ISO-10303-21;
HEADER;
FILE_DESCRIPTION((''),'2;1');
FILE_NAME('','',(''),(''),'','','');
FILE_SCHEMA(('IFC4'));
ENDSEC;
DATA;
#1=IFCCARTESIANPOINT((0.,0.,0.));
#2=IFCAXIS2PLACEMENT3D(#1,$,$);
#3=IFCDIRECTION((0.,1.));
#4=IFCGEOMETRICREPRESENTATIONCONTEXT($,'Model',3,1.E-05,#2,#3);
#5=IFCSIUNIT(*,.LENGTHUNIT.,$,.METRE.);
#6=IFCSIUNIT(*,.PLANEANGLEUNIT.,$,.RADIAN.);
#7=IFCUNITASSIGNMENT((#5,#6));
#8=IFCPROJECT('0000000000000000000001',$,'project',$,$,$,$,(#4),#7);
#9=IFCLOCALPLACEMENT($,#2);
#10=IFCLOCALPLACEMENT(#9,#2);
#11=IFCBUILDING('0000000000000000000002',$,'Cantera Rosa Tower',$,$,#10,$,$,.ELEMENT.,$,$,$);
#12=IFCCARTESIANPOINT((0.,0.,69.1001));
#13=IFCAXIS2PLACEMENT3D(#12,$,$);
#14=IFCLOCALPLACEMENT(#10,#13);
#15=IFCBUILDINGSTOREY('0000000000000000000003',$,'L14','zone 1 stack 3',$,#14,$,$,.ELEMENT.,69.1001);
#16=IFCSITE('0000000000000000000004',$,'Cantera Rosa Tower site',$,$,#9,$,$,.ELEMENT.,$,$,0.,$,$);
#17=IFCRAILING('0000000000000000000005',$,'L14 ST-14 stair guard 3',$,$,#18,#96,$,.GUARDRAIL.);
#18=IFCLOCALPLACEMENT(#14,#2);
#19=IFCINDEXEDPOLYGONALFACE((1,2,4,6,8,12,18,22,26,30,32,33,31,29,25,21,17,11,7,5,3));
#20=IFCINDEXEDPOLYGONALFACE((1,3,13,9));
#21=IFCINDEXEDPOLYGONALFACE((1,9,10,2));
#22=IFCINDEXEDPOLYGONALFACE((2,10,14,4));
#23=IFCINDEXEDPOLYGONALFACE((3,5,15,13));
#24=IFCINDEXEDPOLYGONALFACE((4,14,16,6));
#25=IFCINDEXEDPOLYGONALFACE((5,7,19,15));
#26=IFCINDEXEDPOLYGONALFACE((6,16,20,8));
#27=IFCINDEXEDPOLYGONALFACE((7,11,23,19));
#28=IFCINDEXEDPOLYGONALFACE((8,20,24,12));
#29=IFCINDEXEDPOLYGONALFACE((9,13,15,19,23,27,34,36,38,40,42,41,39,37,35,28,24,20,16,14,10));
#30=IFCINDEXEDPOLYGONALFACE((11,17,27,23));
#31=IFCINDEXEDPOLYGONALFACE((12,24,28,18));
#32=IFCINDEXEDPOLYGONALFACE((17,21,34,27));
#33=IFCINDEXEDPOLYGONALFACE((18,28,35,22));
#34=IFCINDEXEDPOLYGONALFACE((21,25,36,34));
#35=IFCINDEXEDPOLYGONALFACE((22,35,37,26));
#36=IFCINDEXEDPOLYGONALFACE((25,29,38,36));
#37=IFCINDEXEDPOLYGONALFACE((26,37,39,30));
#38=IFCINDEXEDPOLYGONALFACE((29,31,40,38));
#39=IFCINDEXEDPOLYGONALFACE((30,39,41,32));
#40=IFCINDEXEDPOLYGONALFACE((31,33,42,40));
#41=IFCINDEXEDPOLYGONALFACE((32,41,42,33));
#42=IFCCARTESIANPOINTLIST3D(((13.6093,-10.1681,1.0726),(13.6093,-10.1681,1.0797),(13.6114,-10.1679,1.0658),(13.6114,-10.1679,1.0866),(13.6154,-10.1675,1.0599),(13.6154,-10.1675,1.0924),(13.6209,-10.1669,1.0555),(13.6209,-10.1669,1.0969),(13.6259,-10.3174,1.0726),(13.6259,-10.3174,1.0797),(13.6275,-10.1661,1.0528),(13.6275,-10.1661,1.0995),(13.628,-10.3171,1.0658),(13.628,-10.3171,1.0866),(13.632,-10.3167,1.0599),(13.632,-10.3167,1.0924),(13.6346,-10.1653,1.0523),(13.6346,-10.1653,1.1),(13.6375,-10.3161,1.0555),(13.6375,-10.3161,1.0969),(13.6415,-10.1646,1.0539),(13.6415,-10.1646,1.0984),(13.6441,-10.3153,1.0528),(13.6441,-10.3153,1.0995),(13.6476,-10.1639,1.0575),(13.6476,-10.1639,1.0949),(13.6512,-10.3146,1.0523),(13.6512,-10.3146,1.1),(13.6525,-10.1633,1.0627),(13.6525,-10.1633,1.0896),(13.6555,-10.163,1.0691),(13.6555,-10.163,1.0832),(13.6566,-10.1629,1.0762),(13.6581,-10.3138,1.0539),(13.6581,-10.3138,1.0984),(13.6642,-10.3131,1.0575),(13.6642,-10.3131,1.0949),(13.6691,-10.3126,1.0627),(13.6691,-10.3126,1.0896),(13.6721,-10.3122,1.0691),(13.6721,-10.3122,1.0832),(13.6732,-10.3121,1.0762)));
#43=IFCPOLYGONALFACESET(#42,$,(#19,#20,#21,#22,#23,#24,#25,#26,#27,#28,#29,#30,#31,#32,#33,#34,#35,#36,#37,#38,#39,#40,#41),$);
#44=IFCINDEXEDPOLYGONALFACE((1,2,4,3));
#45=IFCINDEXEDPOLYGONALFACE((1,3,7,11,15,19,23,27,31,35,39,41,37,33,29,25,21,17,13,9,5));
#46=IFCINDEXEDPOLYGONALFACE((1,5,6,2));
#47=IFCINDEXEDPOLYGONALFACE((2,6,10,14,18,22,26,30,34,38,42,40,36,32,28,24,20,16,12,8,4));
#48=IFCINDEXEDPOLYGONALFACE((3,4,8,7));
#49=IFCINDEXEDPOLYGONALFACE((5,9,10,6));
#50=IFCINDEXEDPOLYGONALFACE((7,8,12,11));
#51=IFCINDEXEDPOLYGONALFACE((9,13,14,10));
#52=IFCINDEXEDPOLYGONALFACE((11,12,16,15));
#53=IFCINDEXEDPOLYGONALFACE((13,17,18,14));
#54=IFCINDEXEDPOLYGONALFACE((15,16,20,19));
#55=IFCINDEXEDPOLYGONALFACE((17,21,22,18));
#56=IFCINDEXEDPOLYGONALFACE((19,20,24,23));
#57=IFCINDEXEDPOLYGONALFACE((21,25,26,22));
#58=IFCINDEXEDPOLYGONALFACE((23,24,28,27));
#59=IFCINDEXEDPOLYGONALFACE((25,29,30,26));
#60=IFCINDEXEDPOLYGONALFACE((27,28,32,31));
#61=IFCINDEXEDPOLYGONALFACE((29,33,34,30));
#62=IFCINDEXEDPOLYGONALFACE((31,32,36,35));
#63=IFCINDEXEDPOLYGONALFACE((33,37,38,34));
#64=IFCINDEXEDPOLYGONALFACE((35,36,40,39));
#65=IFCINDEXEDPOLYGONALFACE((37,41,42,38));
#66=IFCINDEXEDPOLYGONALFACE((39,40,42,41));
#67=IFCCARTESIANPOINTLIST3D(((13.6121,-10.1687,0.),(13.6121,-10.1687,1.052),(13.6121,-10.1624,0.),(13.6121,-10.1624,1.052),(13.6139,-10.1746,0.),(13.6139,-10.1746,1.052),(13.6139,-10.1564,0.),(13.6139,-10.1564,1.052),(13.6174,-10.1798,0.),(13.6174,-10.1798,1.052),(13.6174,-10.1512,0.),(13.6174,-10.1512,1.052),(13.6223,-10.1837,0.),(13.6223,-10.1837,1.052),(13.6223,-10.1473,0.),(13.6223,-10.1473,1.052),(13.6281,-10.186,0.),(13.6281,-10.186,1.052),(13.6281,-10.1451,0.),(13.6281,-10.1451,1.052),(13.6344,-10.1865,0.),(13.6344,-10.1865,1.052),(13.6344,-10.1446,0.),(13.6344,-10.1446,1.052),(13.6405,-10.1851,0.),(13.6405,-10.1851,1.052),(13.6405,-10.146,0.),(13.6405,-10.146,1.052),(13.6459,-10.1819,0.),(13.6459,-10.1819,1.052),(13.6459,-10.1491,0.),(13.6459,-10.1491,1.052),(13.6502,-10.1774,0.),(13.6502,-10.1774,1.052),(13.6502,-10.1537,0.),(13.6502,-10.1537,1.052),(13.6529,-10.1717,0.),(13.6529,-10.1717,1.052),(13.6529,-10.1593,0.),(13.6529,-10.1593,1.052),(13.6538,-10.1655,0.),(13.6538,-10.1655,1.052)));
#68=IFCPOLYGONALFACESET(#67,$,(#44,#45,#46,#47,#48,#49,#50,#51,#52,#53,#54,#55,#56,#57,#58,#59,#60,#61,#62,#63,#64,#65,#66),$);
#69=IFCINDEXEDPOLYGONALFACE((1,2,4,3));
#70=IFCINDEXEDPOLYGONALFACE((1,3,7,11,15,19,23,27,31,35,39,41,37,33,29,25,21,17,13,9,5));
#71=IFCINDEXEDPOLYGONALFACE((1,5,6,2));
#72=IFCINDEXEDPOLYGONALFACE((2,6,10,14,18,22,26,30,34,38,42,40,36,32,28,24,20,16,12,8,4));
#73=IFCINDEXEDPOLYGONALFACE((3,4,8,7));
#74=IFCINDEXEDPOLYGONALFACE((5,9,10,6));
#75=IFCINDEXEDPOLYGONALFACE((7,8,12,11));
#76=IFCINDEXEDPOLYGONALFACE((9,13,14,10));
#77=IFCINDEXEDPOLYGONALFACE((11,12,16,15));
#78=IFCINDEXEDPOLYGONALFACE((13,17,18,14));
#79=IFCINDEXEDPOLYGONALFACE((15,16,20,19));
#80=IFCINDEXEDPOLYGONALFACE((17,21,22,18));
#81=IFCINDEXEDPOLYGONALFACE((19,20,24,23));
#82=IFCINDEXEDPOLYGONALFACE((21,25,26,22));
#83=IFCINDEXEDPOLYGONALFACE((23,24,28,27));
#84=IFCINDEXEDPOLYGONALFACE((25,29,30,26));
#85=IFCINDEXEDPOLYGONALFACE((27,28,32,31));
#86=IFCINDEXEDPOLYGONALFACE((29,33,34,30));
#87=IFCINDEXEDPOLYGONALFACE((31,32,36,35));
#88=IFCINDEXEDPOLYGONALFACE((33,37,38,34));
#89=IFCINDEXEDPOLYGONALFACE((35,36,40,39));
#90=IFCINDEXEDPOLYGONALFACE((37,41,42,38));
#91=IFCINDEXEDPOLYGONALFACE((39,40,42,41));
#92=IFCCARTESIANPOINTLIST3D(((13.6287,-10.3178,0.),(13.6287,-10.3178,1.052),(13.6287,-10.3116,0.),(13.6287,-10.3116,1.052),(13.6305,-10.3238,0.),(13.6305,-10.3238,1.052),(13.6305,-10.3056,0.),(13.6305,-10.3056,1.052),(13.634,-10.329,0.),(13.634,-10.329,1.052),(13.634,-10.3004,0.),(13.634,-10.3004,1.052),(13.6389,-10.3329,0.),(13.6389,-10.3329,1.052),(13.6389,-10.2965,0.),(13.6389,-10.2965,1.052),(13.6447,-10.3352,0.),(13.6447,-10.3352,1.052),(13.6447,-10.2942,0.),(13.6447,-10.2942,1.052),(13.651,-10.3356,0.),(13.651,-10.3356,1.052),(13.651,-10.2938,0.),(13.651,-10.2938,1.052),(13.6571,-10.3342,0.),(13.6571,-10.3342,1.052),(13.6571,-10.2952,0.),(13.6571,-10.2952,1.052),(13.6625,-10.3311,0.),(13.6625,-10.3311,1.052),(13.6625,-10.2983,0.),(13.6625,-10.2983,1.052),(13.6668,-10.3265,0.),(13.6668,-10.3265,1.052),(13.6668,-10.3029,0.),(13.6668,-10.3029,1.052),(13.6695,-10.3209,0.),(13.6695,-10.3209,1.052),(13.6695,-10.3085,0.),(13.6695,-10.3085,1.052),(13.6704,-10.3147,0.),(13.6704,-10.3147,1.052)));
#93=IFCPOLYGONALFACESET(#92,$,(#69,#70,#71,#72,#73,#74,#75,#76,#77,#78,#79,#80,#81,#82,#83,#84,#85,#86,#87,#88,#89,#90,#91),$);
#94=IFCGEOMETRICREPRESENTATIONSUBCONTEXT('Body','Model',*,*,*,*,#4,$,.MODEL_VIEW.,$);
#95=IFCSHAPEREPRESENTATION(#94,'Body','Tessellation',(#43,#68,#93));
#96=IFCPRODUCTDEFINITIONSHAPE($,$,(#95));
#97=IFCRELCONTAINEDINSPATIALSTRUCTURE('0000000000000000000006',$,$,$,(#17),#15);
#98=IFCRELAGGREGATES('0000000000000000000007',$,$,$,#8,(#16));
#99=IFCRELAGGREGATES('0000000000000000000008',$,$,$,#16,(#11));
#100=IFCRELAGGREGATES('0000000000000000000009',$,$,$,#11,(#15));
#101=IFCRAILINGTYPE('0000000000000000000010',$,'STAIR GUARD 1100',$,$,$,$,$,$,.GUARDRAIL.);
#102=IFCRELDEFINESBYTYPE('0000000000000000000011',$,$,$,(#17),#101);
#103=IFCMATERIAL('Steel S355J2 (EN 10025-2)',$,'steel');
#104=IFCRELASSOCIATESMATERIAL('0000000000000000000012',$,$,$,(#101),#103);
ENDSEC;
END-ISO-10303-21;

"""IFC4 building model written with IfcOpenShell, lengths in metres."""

from ifc_helpers import new_model, si_unit, direction, frame, origin, origin_2d, place, context, subcontext, project, spatial, circle, extrude, material, type_object, element, save


model = new_model("IFC4")

# Units and contexts
model_context = context("Model", 3, precision=1e-05, world=origin(), true_north=direction((0.0, 1.0)))
body_context = subcontext(model_context, "Body", "Model", "MODEL_VIEW")
ifc_project = project(units=[si_unit("LENGTHUNIT", "METRE"), si_unit("PLANEANGLEUNIT", "RADIAN")], contexts=[model_context])

# Site, building, storey
site_placement = place(None, origin())
site = spatial("IfcSite", under=ifc_project, at=site_placement, Name="Cantera Rosa Tower site", CompositionType="ELEMENT", RefElevation=0.0)
building_placement = place(site_placement, origin())
building = spatial("IfcBuilding", under=site, at=building_placement, Name="Cantera Rosa Tower", CompositionType="ELEMENT")
storey_placement = place(building_placement, frame((0.0, 0.0, 69.1001)))
storey = spatial("IfcBuildingStorey", under=building, at=storey_placement, Name="L14", Description="zone 1 stack 3", CompositionType="ELEMENT", Elevation=69.1001)

# Railing
ifc_material_1 = material(Name="Steel S355J2 (EN 10025-2)", Category="steel")
railing_type_1 = type_object("IfcRailingType", Name="STAIR GUARD 1100", PredefinedType="GUARDRAIL", material=ifc_material_1)
railing_1_placement = place(storey_placement, frame((13.6328, -10.1655, 0.0)))
element("IfcRailing", 1, at=railing_1_placement, inside=storey, type_object=railing_type_1, Name="L14 ST-14 stair guard 3", PredefinedType="GUARDRAIL", context=body_context, shape_type="SweptSolid", body=[
    extrude(circle(Radius=0.0239, at=origin_2d()), frame((0.0, 0.0, 1.0762), z_axis=(0.11061, -0.993864, 0.0), x_axis=(0.993864, 0.11061, 0.0)), (0.0, 0.0, 1.0), 0.1501),
    extrude(circle(Radius=0.021, at=origin_2d()), origin(), (0.0, 0.0, 1.0), 1.052),
    extrude(circle(Radius=0.021, at=origin_2d()), frame((0.0166, -0.1492, 0.0)), (0.0, 0.0, 1.0), 1.052),
])

save(model, "model.ifc")
